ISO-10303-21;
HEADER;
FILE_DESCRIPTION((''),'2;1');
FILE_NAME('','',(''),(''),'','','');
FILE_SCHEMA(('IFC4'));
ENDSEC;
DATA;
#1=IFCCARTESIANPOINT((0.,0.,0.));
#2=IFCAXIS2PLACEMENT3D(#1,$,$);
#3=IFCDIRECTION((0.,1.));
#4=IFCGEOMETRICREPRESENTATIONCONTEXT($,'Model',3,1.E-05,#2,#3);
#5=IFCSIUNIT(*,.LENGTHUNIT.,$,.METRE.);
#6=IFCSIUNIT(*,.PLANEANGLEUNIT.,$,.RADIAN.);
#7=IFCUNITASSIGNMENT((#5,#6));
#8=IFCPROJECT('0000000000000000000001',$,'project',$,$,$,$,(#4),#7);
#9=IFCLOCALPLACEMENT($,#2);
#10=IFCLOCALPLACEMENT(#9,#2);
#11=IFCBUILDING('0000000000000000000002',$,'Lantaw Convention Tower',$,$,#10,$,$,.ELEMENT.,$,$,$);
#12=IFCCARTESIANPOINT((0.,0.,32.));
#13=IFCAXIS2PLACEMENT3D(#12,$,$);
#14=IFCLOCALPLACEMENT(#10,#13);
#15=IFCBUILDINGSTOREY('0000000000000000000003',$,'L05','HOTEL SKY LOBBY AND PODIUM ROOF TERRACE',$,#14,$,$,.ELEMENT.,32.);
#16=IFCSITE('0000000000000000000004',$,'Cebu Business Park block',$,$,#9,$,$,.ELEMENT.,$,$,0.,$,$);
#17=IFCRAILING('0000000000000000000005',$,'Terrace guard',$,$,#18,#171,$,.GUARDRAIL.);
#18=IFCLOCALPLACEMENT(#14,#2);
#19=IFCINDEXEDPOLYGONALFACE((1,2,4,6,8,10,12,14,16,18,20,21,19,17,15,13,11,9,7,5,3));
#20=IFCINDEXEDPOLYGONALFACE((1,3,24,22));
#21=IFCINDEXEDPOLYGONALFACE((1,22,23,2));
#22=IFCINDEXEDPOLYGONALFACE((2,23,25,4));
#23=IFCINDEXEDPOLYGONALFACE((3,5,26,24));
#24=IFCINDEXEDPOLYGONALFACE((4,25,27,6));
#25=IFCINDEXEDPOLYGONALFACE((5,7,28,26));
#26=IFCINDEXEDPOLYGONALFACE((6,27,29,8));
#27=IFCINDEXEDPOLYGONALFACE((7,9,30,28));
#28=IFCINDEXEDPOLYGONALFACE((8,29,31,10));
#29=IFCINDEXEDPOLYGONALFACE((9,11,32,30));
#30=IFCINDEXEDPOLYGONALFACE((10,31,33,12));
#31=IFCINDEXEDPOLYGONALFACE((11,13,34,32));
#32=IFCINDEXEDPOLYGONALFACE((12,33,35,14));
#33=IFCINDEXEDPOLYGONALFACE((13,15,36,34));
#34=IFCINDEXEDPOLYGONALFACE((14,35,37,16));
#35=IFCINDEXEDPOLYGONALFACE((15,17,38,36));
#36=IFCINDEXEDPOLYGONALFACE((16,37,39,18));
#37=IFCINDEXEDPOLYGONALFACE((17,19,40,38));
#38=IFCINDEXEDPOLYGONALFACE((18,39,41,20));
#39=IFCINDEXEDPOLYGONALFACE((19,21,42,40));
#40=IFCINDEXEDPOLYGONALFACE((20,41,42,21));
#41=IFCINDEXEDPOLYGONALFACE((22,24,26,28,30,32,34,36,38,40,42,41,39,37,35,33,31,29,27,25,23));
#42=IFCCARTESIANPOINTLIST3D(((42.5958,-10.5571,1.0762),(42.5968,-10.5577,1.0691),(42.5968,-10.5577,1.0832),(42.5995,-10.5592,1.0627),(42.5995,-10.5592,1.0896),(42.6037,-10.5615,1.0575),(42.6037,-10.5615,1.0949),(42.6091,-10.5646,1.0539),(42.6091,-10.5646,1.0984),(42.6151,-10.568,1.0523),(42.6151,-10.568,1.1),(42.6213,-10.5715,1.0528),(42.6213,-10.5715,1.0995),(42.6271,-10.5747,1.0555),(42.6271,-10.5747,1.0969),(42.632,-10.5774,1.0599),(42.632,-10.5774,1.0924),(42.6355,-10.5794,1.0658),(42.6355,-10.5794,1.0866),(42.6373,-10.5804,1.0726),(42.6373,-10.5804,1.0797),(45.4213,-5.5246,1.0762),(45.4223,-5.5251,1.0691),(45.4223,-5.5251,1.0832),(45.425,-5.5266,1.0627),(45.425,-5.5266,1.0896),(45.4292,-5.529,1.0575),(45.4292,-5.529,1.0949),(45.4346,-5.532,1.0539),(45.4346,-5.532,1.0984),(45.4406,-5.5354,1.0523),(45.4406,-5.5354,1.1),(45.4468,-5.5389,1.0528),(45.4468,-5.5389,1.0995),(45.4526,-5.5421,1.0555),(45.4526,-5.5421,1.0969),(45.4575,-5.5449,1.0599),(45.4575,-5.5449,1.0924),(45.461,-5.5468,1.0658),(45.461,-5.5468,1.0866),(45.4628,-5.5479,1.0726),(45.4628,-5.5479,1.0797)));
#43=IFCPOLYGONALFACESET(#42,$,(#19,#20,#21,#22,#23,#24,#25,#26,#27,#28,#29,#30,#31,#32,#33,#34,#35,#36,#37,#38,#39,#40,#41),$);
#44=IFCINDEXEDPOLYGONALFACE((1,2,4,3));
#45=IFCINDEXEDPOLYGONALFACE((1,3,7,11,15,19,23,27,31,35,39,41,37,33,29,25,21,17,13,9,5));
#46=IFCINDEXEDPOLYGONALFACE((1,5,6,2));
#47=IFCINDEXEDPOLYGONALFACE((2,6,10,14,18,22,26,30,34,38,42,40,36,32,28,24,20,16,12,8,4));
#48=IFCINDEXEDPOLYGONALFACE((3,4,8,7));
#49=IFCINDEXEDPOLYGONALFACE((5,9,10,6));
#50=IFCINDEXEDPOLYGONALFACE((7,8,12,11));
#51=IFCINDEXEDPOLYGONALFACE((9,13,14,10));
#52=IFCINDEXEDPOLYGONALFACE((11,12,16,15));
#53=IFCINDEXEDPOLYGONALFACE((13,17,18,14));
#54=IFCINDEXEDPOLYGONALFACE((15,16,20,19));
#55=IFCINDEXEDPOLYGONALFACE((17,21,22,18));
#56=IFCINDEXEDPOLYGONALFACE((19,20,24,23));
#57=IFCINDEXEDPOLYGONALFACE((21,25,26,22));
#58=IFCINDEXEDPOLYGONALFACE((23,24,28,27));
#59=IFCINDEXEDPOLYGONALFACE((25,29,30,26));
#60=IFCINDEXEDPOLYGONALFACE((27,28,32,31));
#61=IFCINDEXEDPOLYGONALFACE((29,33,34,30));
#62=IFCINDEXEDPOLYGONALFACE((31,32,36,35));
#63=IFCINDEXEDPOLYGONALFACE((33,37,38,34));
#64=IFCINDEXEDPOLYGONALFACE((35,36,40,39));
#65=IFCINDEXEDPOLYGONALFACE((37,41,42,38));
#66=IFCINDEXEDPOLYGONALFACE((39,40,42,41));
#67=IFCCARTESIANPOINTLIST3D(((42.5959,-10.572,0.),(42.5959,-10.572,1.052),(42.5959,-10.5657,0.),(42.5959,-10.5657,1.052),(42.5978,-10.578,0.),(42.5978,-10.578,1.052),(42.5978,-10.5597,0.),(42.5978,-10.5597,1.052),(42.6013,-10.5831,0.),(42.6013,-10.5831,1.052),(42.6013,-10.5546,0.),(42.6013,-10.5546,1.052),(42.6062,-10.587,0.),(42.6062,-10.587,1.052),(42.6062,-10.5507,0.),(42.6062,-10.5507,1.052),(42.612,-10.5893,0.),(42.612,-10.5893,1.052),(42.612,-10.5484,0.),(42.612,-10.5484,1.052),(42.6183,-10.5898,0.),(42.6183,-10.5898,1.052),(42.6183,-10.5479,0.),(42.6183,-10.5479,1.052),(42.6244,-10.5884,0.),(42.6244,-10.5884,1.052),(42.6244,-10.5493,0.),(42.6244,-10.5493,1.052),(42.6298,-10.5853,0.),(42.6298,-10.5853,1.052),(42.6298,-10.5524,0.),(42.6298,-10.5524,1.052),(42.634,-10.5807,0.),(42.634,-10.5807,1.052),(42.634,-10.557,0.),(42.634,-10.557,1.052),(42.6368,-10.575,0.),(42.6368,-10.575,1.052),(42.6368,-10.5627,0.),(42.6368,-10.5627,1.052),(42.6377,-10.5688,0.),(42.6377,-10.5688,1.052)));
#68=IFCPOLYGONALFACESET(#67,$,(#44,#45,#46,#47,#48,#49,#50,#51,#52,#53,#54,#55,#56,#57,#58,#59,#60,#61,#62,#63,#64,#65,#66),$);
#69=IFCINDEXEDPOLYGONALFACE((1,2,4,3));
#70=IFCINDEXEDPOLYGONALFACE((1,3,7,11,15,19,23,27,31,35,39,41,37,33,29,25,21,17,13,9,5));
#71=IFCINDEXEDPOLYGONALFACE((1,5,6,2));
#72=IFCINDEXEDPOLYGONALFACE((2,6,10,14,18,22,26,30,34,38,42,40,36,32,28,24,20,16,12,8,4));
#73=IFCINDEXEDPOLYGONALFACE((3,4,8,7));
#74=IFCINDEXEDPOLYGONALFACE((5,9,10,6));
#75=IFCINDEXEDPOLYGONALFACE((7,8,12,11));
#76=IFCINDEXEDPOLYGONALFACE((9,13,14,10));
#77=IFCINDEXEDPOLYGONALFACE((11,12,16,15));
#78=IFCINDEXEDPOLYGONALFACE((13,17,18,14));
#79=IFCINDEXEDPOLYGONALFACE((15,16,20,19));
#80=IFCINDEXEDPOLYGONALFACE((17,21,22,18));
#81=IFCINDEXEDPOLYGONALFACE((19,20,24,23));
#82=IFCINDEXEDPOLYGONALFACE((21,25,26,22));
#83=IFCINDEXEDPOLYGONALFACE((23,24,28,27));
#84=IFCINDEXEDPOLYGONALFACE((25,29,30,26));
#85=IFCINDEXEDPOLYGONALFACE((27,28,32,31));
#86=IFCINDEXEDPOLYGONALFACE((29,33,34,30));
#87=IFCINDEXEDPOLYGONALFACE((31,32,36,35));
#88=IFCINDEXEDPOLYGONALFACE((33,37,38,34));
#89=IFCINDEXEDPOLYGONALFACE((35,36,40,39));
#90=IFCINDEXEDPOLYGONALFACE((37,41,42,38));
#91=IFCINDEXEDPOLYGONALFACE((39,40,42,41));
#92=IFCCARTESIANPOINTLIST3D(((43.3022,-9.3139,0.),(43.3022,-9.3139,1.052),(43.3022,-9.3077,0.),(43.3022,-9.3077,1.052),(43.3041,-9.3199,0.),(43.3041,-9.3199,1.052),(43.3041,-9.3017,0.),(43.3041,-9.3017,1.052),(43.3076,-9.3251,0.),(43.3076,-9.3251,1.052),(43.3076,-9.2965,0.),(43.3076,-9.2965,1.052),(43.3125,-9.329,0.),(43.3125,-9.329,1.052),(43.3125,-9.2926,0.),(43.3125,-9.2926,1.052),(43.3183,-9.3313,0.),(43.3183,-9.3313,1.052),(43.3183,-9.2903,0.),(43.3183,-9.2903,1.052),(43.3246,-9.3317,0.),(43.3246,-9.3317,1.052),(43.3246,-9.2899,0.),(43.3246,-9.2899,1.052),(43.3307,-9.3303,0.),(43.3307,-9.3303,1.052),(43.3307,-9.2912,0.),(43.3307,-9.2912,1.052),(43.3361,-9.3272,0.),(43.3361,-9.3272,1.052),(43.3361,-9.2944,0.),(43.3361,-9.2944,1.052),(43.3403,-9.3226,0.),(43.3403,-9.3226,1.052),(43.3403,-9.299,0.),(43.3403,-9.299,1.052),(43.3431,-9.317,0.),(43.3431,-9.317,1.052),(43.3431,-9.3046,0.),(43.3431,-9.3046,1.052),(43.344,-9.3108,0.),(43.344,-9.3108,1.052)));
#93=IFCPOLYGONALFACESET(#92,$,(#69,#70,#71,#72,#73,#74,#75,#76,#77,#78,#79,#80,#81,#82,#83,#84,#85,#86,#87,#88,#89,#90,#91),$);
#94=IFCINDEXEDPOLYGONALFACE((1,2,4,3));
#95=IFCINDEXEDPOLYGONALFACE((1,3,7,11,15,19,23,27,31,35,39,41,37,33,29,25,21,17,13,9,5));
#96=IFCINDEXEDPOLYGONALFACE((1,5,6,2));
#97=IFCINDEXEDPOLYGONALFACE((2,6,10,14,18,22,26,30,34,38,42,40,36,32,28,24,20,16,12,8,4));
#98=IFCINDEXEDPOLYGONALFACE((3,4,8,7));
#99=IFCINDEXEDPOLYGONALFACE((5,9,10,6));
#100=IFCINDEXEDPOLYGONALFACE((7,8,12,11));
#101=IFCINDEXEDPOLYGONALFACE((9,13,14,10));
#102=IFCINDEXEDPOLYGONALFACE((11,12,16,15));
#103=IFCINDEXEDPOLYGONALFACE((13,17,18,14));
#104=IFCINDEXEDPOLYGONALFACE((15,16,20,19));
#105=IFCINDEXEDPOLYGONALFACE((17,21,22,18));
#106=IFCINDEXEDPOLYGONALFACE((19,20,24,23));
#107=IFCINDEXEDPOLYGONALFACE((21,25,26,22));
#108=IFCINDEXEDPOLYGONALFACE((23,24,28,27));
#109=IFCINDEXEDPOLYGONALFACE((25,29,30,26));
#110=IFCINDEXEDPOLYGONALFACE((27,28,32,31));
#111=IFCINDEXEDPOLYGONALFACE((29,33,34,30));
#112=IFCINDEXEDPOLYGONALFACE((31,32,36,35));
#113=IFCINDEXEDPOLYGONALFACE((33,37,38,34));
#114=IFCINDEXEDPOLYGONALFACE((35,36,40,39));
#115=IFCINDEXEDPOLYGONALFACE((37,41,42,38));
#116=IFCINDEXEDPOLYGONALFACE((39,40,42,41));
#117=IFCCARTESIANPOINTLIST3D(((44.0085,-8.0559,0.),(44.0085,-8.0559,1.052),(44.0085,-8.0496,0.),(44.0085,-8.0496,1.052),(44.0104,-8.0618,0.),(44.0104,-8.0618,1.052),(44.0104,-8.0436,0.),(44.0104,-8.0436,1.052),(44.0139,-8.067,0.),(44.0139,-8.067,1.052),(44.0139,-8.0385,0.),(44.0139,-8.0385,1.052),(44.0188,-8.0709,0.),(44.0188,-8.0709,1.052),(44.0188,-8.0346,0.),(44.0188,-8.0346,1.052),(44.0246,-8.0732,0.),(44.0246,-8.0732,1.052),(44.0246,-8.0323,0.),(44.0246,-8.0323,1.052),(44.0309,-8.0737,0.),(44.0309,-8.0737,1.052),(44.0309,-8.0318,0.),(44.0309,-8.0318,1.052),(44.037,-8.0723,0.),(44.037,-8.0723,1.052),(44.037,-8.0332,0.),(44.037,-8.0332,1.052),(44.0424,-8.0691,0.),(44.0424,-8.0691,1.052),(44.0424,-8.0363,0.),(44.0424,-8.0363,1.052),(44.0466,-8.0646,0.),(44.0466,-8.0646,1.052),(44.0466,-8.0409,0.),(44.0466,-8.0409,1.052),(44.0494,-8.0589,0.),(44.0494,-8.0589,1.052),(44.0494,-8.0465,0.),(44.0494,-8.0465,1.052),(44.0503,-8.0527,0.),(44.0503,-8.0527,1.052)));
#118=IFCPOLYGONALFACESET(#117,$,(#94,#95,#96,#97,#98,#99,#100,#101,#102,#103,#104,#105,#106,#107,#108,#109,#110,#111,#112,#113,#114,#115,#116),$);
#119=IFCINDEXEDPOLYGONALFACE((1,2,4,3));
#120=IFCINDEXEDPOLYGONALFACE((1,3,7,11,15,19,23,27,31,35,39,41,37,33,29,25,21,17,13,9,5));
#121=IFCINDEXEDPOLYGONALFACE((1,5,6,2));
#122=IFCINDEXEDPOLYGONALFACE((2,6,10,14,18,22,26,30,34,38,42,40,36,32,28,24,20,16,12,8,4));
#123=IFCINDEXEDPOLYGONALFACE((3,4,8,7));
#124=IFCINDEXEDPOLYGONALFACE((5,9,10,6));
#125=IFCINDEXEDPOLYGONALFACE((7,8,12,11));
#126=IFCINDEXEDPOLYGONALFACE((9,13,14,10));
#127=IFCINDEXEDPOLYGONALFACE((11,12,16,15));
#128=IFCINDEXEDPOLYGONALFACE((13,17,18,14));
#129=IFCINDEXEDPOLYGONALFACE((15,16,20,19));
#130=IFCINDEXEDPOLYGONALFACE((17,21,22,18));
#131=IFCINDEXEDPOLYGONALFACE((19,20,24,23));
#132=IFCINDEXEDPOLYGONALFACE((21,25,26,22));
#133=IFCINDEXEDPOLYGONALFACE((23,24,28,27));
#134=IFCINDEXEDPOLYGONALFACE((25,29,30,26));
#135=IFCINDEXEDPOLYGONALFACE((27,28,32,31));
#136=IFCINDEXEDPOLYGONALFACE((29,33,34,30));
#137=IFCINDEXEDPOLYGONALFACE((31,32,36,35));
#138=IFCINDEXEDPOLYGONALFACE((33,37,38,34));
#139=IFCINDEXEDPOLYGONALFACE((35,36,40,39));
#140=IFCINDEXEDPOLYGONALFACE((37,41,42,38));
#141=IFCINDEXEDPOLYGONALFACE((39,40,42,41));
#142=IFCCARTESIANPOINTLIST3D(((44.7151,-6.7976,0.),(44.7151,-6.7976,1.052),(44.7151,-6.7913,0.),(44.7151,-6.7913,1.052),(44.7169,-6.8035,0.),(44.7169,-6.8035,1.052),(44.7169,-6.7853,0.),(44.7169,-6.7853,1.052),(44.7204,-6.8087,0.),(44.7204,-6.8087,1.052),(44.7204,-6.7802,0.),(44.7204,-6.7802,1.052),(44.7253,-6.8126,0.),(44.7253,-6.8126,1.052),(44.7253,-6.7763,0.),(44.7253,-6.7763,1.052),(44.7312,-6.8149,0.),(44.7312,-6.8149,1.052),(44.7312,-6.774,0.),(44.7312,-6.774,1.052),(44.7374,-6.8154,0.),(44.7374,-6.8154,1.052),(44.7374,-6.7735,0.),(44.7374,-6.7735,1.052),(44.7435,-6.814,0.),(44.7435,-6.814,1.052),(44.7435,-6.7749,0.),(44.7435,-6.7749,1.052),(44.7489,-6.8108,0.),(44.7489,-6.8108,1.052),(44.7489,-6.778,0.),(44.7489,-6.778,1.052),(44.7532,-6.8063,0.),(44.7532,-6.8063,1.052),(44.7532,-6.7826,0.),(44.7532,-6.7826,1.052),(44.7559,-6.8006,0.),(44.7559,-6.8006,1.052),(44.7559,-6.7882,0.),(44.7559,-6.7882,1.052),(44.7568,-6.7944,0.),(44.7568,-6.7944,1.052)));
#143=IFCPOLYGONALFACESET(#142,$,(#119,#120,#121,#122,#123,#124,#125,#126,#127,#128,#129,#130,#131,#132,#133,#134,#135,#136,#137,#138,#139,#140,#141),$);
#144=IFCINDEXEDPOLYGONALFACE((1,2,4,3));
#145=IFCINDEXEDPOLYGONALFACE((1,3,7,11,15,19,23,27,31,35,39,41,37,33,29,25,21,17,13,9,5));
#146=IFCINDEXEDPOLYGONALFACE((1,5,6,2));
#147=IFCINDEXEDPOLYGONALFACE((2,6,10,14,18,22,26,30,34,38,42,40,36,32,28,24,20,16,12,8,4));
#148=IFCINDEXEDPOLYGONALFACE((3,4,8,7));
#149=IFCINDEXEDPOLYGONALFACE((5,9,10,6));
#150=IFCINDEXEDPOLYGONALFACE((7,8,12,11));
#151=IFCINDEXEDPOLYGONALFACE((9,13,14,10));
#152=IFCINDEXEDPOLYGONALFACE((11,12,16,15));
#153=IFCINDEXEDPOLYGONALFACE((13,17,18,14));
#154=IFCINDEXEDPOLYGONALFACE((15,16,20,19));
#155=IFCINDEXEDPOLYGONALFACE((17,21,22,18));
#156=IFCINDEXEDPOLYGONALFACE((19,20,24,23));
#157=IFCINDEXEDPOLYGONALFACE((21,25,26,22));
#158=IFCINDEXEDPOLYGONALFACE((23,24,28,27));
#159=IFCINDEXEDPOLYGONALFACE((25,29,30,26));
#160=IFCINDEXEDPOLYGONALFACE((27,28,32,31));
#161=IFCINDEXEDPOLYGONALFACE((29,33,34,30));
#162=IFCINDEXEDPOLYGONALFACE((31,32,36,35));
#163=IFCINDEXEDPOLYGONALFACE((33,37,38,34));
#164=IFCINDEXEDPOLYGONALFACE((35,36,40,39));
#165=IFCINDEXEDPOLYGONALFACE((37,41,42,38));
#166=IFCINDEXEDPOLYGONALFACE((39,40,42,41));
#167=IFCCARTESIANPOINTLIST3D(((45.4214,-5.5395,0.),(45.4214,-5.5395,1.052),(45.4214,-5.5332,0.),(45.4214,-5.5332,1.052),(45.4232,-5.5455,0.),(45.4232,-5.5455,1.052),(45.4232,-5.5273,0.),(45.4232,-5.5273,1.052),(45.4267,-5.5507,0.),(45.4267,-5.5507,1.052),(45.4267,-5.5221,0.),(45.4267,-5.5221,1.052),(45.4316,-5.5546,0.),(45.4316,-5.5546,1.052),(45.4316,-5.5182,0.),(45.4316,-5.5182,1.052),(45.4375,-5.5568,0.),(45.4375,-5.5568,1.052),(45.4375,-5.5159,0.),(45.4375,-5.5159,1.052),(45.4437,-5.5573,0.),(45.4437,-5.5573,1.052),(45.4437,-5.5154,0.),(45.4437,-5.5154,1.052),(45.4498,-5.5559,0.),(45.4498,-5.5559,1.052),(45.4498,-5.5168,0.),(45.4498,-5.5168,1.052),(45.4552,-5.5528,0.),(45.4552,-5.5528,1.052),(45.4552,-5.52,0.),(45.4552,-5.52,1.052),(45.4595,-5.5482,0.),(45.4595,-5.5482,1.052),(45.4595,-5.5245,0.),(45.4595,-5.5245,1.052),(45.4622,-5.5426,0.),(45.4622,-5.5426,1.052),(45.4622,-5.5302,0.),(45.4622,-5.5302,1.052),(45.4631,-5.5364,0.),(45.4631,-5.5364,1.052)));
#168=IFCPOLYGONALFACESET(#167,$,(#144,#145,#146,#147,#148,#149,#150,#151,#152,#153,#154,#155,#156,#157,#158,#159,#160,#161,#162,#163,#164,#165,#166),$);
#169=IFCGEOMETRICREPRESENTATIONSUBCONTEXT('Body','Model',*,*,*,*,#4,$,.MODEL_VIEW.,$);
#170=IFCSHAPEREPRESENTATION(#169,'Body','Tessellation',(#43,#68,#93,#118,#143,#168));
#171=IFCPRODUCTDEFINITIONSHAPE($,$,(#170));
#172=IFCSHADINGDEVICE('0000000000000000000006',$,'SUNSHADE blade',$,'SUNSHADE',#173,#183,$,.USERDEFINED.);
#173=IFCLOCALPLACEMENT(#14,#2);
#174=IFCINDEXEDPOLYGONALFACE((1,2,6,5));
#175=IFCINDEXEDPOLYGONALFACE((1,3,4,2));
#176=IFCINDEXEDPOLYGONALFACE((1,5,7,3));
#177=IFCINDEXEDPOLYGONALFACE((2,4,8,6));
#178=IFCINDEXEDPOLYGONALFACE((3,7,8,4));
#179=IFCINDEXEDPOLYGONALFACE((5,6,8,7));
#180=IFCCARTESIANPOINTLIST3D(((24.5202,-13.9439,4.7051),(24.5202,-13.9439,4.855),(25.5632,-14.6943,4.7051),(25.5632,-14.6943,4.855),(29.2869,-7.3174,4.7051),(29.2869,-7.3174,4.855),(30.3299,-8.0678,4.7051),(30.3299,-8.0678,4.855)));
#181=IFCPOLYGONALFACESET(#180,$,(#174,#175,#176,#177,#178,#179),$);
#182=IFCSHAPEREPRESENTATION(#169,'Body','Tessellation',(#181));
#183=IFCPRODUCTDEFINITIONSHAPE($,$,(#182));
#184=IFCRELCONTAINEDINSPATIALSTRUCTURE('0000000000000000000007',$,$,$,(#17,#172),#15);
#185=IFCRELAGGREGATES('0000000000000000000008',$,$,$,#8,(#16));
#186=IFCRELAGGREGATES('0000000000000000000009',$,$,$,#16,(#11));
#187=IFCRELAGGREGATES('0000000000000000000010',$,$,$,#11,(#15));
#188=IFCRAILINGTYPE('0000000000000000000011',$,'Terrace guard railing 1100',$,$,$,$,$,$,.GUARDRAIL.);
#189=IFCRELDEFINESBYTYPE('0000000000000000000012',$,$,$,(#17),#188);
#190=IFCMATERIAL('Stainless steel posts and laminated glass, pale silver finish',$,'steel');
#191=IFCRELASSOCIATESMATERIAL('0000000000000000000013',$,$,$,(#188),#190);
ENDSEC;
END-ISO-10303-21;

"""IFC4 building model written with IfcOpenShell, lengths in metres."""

from ifc_helpers import new_model, si_unit, direction, frame, origin, origin_2d, place, context, subcontext, project, spatial, rectangle, circle, extrude, material, type_object, element, save


model = new_model("IFC4")

# Units and contexts
model_context = context("Model", 3, precision=1e-05, world=origin(), true_north=direction((0.0, 1.0)))
body_context = subcontext(model_context, "Body", "Model", "MODEL_VIEW")
ifc_project = project(units=[si_unit("LENGTHUNIT", "METRE"), si_unit("PLANEANGLEUNIT", "RADIAN")], contexts=[model_context])

# Site, building, storey
site_placement = place(None, origin())
site = spatial("IfcSite", under=ifc_project, at=site_placement, Name="Cebu Business Park block", CompositionType="ELEMENT", RefElevation=0.0)
building_placement = place(site_placement, origin())
building = spatial("IfcBuilding", under=site, at=building_placement, Name="Lantaw Convention Tower", CompositionType="ELEMENT")
storey_placement = place(building_placement, frame((0.0, 0.0, 32.0)))
storey = spatial("IfcBuildingStorey", under=building, at=storey_placement, Name="L05", Description="HOTEL SKY LOBBY AND PODIUM ROOF TERRACE", CompositionType="ELEMENT", Elevation=32.0)

# Railing
ifc_material_1 = material(Name="Stainless steel posts and laminated glass, pale silver finish", Category="steel")
railing_type_1 = type_object("IfcRailingType", Name="Terrace guard railing 1100", PredefinedType="GUARDRAIL", material=ifc_material_1)
railing_1_placement = place(storey_placement, frame((42.6167, -10.5688, 0.0)))
element("IfcRailing", 1, at=railing_1_placement, inside=storey, type_object=railing_type_1, Name="Terrace guard", PredefinedType="GUARDRAIL", context=body_context, shape_type="SweptSolid", body=[
    extrude(circle(Radius=0.0239, at=origin_2d()), frame((0.0, 0.0, 1.0762), z_axis=(0.48956, 0.87197, 0.0), x_axis=(-0.87197, 0.48956, 0.0)), (0.0, 0.0, 1.0), 5.7715),
    extrude(circle(Radius=0.021, at=origin_2d()), origin(), (0.0, 0.0, 1.0), 1.052),
    extrude(circle(Radius=0.021, at=origin_2d()), frame((0.7063, 1.2581, 0.0)), (0.0, 0.0, 1.0), 1.052),
    extrude(circle(Radius=0.021, at=origin_2d()), frame((1.4126, 2.5161, 0.0)), (0.0, 0.0, 1.0), 1.052),
    extrude(circle(Radius=0.021, at=origin_2d()), frame((2.1191, 3.7744, 0.0)), (0.0, 0.0, 1.0), 1.052),
    extrude(circle(Radius=0.021, at=origin_2d()), frame((2.8254, 5.0325, 0.0)), (0.0, 0.0, 1.0), 1.052),
])

# Shading device
shading_device_placement = place(storey_placement, frame((27.425, -11.0059, 4.7051), z_axis=(0.0, 0.0, 1.0), x_axis=(0.583951, 0.811789, 0.0)))
element("IfcShadingDevice", 2, at=shading_device_placement, inside=storey, Name="SUNSHADE blade", ObjectType="SUNSHADE", PredefinedType="USERDEFINED", context=body_context, shape_type="SweptSolid", body=[
    extrude(rectangle(XDim=8.1628, YDim=1.2849, at=origin_2d()), origin(), (0.0, 0.0, 1.0), 0.1499),
])

save(model, "model.ifc")
